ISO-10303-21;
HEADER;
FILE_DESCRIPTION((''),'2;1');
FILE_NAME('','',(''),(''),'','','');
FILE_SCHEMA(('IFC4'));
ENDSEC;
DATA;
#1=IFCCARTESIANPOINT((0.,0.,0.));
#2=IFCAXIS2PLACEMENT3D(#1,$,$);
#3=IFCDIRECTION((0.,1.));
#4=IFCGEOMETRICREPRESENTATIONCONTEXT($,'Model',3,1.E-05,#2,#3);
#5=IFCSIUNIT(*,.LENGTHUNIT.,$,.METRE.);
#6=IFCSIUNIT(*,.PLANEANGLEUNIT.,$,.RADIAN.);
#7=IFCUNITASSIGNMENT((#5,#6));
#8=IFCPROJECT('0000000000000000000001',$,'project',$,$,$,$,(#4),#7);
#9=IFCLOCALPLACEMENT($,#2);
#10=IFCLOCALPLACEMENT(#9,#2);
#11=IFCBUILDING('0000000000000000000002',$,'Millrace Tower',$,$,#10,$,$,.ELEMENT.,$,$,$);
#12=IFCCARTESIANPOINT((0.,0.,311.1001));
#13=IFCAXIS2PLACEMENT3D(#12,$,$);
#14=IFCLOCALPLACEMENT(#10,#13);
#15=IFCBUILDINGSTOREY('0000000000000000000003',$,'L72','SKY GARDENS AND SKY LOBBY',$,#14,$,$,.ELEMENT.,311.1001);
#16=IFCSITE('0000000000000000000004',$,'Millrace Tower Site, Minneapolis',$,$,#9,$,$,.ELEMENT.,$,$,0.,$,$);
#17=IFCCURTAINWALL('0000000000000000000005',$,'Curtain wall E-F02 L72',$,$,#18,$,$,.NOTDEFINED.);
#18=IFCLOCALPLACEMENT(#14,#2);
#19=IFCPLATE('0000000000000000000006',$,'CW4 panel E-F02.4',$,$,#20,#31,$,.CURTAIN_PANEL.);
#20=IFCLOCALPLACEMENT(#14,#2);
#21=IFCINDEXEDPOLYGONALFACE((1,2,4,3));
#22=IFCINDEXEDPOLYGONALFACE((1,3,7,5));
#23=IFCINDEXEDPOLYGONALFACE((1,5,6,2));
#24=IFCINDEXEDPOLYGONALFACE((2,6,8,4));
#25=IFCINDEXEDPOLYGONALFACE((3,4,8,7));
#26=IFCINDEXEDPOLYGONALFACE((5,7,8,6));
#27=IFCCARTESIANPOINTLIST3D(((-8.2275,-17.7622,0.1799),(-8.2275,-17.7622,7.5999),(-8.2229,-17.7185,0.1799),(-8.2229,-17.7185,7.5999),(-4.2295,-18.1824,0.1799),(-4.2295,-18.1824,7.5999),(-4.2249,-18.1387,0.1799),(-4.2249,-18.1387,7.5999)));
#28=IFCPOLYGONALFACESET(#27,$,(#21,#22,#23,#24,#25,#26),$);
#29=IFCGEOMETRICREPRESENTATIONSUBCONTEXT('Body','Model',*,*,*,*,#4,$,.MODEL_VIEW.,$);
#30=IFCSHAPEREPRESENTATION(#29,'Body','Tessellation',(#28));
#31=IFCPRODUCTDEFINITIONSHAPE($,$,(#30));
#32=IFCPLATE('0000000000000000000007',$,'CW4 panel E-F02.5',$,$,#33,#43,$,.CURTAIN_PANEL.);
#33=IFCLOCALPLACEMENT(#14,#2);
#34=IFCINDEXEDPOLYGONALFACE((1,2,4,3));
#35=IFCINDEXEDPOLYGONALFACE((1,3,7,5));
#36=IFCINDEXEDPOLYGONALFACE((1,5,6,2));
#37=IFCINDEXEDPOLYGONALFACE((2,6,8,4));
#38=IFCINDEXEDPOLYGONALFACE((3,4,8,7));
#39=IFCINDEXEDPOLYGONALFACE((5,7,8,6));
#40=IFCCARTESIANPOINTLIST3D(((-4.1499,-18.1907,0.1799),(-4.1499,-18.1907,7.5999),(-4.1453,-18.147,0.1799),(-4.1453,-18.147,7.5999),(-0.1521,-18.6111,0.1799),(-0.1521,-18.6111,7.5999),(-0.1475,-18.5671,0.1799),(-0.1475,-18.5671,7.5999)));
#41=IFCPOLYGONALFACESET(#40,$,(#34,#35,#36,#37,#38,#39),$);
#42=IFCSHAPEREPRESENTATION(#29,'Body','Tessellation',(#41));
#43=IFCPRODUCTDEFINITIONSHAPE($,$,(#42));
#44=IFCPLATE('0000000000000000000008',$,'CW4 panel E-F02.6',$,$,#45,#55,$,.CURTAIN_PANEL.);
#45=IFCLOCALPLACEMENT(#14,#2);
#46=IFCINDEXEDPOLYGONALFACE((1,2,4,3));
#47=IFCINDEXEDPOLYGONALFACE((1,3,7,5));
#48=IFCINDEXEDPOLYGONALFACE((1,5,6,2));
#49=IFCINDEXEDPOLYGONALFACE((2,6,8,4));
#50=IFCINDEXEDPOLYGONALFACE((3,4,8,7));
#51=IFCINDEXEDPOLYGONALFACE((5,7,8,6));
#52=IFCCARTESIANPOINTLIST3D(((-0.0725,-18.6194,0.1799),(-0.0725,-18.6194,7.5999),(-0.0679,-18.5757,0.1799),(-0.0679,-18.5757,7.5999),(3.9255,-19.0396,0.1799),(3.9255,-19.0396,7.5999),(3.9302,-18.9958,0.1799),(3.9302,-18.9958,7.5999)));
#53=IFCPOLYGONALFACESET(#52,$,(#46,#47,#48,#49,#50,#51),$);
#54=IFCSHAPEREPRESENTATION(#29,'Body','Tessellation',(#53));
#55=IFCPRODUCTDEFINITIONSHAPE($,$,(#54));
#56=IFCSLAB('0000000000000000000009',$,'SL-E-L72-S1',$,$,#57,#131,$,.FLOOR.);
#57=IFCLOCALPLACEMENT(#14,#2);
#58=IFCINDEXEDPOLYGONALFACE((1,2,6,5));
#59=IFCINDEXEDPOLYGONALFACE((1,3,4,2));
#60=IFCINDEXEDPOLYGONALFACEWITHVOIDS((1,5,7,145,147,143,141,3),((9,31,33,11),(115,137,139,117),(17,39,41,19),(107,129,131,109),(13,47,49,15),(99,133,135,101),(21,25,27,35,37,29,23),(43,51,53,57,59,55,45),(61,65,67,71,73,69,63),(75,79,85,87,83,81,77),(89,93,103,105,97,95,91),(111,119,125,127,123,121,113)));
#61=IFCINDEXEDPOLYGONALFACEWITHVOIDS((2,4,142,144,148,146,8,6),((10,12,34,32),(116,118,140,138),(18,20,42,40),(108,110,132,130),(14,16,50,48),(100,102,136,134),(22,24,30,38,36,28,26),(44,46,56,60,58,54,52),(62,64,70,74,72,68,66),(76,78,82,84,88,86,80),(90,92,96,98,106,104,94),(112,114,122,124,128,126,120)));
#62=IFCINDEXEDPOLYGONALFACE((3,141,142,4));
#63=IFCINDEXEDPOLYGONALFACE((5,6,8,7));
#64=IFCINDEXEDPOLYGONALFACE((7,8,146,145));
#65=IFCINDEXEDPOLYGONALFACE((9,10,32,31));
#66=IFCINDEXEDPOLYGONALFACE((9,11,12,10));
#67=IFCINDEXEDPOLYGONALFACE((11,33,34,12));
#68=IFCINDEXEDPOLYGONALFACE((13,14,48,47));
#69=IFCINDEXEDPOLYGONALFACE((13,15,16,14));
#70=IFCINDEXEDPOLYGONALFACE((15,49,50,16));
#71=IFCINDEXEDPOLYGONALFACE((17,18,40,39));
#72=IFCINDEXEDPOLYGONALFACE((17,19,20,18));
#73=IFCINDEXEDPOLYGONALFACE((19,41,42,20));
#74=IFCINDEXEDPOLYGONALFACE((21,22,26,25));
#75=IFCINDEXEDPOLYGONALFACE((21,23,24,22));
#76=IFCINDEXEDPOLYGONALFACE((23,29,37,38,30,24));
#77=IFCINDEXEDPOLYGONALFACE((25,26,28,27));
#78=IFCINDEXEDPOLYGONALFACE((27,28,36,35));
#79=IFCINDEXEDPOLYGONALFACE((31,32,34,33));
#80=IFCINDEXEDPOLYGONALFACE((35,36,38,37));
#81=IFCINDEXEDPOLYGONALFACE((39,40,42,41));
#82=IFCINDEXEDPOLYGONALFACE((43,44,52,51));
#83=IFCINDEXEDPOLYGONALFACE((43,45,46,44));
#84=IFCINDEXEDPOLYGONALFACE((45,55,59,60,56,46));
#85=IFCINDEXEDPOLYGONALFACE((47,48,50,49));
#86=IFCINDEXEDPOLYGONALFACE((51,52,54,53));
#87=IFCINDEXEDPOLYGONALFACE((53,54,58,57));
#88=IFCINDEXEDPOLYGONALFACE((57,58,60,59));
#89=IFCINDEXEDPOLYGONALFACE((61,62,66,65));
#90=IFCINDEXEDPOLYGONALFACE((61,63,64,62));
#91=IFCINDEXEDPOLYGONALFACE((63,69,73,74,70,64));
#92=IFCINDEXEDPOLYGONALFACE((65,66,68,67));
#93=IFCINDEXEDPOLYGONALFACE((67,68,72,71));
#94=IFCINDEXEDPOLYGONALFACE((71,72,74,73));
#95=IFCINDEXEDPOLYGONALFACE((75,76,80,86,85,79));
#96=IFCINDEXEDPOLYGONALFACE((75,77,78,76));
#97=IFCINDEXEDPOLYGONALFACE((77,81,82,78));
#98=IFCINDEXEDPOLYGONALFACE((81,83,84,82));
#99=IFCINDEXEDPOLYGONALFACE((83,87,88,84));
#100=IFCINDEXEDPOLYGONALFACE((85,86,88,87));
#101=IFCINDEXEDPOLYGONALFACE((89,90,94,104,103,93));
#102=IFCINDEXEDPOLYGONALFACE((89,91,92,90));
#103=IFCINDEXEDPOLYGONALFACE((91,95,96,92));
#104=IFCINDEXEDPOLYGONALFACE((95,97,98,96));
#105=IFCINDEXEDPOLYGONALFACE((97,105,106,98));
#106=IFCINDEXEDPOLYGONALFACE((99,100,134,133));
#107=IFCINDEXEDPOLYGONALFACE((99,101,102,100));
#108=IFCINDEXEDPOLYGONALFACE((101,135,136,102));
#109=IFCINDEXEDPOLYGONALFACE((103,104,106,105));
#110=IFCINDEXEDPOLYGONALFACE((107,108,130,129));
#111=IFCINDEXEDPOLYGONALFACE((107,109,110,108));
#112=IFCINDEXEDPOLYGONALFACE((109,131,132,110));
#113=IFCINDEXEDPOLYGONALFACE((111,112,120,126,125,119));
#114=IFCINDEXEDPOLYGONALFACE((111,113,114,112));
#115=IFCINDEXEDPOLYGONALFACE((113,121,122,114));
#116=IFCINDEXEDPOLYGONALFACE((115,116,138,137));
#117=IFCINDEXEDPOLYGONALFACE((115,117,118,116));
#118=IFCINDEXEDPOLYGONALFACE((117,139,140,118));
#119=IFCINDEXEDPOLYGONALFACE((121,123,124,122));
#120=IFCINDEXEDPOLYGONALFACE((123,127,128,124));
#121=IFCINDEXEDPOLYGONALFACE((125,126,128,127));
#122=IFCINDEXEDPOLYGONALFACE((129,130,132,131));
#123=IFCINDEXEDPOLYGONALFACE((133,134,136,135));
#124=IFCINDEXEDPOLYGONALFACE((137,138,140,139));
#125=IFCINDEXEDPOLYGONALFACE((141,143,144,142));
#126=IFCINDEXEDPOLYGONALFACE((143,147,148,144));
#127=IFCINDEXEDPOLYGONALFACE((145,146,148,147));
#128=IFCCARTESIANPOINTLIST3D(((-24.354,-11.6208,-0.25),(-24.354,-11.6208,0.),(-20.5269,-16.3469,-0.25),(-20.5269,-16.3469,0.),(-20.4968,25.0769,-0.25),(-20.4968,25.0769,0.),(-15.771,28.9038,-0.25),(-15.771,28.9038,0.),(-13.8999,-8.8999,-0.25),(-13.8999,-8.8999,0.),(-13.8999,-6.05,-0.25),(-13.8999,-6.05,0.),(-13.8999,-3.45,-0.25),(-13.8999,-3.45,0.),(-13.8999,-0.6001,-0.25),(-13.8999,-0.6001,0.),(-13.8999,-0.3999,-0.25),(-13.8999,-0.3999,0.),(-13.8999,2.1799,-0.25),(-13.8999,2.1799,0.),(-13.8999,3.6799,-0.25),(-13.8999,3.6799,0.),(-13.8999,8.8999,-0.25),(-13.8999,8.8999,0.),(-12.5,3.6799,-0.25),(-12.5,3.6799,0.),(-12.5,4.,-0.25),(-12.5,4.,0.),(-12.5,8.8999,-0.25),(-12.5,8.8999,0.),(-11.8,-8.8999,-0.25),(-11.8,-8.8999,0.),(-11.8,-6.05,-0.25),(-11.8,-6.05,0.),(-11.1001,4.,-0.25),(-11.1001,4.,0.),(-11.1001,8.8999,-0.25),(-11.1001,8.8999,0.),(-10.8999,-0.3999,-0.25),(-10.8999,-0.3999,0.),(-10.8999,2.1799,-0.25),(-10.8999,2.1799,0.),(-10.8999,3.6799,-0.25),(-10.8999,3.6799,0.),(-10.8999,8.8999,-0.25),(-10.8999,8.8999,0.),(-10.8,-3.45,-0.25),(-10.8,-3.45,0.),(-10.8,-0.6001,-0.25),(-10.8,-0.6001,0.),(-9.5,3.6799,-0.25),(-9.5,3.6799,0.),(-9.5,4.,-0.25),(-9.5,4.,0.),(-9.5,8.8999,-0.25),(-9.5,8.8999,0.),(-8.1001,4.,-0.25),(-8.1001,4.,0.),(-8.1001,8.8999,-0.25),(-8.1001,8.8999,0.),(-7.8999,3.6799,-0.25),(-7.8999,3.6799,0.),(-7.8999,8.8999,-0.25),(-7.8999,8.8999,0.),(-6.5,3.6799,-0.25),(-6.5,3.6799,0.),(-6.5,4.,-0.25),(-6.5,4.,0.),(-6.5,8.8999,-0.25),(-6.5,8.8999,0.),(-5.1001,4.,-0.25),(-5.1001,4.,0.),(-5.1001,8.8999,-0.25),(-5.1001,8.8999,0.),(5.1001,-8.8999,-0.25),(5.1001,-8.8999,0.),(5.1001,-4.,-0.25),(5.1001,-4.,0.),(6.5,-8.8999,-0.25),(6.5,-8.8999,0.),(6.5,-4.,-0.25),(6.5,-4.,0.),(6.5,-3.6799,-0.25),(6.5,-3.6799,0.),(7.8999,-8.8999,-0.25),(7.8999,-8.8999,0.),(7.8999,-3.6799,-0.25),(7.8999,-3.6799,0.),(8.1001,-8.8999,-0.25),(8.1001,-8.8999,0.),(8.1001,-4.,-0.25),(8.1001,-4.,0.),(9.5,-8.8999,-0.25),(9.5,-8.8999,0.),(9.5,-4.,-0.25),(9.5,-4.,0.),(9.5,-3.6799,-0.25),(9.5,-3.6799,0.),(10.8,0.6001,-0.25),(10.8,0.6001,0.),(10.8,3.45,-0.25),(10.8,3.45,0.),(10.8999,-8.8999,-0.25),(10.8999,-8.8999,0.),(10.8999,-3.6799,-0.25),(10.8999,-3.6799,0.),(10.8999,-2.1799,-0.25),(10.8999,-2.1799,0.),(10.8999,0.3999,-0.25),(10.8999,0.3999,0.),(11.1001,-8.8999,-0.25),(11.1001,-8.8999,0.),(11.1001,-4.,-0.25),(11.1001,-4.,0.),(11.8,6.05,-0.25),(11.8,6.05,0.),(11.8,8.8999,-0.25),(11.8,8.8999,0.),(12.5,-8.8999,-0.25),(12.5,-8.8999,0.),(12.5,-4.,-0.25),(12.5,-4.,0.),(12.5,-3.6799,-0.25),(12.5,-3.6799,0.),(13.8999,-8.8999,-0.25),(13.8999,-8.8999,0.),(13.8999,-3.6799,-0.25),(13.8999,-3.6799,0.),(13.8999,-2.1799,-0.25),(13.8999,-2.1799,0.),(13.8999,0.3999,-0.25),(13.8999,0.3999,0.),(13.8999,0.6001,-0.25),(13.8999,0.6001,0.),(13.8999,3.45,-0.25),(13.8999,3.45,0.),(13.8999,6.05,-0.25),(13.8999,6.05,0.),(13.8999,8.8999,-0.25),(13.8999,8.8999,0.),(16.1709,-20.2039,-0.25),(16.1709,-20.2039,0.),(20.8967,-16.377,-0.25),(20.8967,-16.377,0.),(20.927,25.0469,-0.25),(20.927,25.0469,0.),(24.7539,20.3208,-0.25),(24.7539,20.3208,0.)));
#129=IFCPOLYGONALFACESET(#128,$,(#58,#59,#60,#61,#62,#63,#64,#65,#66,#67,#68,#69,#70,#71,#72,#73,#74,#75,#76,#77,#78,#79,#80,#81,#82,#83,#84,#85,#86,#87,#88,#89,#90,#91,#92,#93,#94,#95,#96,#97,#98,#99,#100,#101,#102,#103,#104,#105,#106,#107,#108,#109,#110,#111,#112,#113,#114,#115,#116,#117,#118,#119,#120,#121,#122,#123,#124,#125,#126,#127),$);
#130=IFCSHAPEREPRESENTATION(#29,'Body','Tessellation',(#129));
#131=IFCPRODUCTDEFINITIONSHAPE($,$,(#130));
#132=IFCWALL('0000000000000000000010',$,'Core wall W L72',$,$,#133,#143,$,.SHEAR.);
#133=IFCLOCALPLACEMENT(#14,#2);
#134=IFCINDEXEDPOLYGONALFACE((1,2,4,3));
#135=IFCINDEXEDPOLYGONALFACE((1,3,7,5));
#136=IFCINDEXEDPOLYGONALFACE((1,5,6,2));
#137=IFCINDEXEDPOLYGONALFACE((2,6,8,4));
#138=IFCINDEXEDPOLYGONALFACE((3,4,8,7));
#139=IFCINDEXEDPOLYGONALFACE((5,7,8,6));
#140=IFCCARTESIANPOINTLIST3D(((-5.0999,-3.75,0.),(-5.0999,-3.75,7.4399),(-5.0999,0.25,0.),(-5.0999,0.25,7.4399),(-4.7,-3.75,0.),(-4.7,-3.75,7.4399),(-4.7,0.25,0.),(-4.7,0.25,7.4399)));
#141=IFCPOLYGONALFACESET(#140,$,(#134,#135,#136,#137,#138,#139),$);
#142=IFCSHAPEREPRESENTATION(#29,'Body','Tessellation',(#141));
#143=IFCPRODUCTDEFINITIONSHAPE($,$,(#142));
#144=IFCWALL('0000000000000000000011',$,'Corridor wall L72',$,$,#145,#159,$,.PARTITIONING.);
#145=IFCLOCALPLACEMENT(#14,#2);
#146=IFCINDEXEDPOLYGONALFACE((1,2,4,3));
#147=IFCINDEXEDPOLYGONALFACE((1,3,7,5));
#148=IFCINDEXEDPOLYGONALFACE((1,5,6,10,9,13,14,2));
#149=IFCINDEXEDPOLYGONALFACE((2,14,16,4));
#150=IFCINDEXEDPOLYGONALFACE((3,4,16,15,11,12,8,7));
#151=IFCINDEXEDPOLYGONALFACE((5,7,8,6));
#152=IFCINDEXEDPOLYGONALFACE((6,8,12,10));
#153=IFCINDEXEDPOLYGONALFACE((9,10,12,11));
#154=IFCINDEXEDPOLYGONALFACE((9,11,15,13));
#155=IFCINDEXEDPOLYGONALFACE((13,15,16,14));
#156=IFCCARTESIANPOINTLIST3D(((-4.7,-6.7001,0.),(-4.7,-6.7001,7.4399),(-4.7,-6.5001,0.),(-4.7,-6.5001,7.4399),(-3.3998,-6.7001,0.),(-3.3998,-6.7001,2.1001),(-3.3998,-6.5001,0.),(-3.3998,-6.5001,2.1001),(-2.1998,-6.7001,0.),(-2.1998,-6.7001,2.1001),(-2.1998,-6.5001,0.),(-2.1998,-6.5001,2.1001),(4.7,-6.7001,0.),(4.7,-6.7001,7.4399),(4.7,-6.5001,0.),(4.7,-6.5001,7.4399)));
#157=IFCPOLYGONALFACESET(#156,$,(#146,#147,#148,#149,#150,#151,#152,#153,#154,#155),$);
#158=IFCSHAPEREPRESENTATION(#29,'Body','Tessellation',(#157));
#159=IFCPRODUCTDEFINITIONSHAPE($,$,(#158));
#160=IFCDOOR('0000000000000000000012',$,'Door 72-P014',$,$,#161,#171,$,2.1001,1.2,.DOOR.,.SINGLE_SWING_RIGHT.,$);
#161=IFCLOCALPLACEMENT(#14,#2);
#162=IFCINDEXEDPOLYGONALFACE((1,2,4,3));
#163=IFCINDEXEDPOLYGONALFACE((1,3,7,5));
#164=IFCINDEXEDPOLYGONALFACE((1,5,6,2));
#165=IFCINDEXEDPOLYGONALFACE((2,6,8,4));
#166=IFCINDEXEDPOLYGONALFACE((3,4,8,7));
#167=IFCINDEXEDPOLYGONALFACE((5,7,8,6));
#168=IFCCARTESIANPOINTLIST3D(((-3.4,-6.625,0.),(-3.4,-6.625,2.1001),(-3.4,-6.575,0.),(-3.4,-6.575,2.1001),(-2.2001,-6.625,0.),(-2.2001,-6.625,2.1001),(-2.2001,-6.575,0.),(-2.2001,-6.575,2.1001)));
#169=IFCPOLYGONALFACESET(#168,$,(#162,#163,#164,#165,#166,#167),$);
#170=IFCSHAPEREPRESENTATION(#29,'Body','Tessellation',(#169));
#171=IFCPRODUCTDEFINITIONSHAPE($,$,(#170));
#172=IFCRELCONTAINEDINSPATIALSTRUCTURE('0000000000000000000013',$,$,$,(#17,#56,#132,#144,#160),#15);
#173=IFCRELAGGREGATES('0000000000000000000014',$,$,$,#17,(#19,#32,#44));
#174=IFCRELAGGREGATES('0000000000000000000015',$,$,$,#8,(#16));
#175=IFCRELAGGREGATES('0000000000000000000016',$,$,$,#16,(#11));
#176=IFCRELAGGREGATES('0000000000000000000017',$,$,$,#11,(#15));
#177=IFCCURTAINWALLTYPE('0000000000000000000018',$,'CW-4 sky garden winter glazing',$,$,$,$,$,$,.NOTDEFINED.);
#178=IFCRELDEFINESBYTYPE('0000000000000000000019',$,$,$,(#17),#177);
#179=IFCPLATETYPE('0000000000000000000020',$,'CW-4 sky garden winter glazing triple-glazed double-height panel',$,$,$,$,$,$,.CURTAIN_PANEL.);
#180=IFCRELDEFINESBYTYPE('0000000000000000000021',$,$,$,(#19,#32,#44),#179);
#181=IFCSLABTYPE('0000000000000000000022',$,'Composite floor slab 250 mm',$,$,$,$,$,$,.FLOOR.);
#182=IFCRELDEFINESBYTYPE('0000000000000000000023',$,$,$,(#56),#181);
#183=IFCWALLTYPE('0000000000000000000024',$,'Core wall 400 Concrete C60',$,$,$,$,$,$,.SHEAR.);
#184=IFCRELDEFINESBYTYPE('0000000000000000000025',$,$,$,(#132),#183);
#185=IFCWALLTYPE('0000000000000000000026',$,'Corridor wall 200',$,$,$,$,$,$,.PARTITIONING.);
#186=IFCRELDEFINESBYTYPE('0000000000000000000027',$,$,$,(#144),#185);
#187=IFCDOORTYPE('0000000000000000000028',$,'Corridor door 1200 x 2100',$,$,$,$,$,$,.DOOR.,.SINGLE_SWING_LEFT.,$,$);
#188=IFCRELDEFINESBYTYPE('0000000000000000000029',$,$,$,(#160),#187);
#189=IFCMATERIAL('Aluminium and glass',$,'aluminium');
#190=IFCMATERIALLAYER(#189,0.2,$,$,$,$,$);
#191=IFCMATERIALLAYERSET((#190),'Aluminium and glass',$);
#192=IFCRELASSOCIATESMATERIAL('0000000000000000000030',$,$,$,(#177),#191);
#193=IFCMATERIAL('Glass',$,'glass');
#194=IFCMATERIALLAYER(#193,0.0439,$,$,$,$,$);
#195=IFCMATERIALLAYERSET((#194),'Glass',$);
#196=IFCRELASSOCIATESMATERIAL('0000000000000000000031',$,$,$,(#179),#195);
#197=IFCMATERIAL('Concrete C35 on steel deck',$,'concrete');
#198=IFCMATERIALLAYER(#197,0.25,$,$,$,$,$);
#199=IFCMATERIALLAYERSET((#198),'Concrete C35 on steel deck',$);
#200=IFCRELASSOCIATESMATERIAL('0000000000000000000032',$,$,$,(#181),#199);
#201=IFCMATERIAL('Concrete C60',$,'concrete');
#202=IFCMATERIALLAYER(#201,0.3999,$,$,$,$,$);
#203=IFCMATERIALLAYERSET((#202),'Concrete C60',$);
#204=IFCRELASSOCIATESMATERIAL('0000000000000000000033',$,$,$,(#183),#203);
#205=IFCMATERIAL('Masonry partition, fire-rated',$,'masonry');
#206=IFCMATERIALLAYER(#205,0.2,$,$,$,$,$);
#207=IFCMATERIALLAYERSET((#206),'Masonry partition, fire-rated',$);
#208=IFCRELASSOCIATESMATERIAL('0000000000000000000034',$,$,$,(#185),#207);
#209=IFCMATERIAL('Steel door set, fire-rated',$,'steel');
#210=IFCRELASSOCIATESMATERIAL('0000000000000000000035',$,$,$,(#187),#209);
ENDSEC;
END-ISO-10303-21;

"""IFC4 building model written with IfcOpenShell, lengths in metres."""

from ifc_helpers import new_model, si_unit, direction, frame, frame_2d, origin, place, context, subcontext, project, spatial, polyline, rectangle, outline, extrude, material, layer, layer_set, type_object, element, fill, aggregate, save


model = new_model("IFC4")

# Units and contexts
model_context = context("Model", 3, precision=1e-05, world=origin(), true_north=direction((0.0, 1.0)))
body_context = subcontext(model_context, "Body", "Model", "MODEL_VIEW")
ifc_project = project(units=[si_unit("LENGTHUNIT", "METRE"), si_unit("PLANEANGLEUNIT", "RADIAN")], contexts=[model_context])

# Site, building, storey
site_placement = place(None, origin())
site = spatial("IfcSite", under=ifc_project, at=site_placement, Name="Millrace Tower Site, Minneapolis", CompositionType="ELEMENT", RefElevation=0.0)
building_placement = place(site_placement, origin())
building = spatial("IfcBuilding", under=site, at=building_placement, Name="Millrace Tower", CompositionType="ELEMENT")
storey_placement = place(building_placement, frame((0.0, 0.0, 311.1001)))
storey = spatial("IfcBuildingStorey", under=building, at=storey_placement, Name="L72", Description="SKY GARDENS AND SKY LOBBY", CompositionType="ELEMENT", Elevation=311.1001)

# Curtain wall
ifc_material_1 = material(Name="Aluminium and glass", Category="aluminium")
ifc_layer_1 = layer(ifc_material_1, 0.2)
ifc_layer_set_1 = layer_set([ifc_layer_1], Name="Aluminium and glass")
curtain_wall_type = type_object("IfcCurtainWallType", Name="CW-4 sky garden winter glazing", PredefinedType="NOTDEFINED", material=ifc_layer_set_1)
placement_1 = place(storey_placement, origin())
curtain_wall_1 = element("IfcCurtainWall", 1, at=placement_1, inside=storey, type_object=curtain_wall_type, Name="Curtain wall E-F02 L72", PredefinedType="NOTDEFINED")

# Shared definitions
ifc_material_2 = material(Name="Glass", Category="glass")
ifc_layer_2 = layer(ifc_material_2, 0.0439)
ifc_layer_set_2 = layer_set([ifc_layer_2], Name="Glass")
plate_type = type_object("IfcPlateType", Name="CW-4 sky garden winter glazing triple-glazed double-height panel", PredefinedType="CURTAIN_PANEL", material=ifc_layer_set_2)
placement_2 = place(storey_placement, frame((0.0, 0.0, 0.1799)))

# Plates
plate_1 = element("IfcPlate", 2, at=placement_2, type_object=plate_type, Name="CW4 panel E-F02.4", PredefinedType="CURTAIN_PANEL", context=body_context, shape_type="SweptSolid", body=[
    extrude(outline(polyline([(-8.2275, -17.7622), (-4.2295, -18.1824), (-4.2249, -18.1387), (-8.2229, -17.7185), (-8.2275, -17.7622)])), origin(), (0.0, 0.0, 1.0), 7.4199),
])
plate_2 = element("IfcPlate", 3, at=placement_2, type_object=plate_type, Name="CW4 panel E-F02.5", PredefinedType="CURTAIN_PANEL", context=body_context, shape_type="SweptSolid", body=[
    extrude(outline(polyline([(-4.1499, -18.1907), (-0.1521, -18.6111), (-0.1475, -18.5671), (-4.1453, -18.147), (-4.1499, -18.1907)])), origin(), (0.0, 0.0, 1.0), 7.4199),
])
plate_3 = element("IfcPlate", 4, at=placement_2, type_object=plate_type, Name="CW4 panel E-F02.6", PredefinedType="CURTAIN_PANEL", context=body_context, shape_type="SweptSolid", body=[
    extrude(outline(polyline([(-0.0725, -18.6194), (3.9255, -19.0396), (3.9302, -18.9958), (-0.0679, -18.5757), (-0.0725, -18.6194)])), origin(), (0.0, 0.0, 1.0), 7.4199),
])
aggregate(curtain_wall_1, [plate_1, plate_2, plate_3])

# Slab
ifc_material_3 = material(Name="Concrete C35 on steel deck", Category="concrete")
ifc_layer_3 = layer(ifc_material_3, 0.25)
ifc_layer_set_3 = layer_set([ifc_layer_3], Name="Concrete C35 on steel deck")
slab_type = type_object("IfcSlabType", Name="Composite floor slab 250 mm", PredefinedType="FLOOR", material=ifc_layer_set_3)
slab_placement = place(storey_placement, frame((0.0, 0.0, -0.25)))
element("IfcSlab", 5, at=slab_placement, inside=storey, type_object=slab_type, Name="SL-E-L72-S1", PredefinedType="FLOOR", context=body_context, shape_type="SweptSolid", body=[
    extrude(outline(polyline([(-24.354, -11.6208), (-20.5269, -16.3469), (16.1709, -20.2039), (20.8967, -16.377), (24.7539, 20.3208), (20.927, 25.0469), (-15.771, 28.9038), (-20.4968, 25.0769), (-24.354, -11.6208)]), holes=[polyline([(-13.8999, -8.8999), (-11.8, -8.8999), (-11.8, -6.05), (-13.8999, -6.05), (-13.8999, -8.8999)]), polyline([(-13.8999, -3.45), (-10.8, -3.45), (-10.8, -0.6001), (-13.8999, -0.6001), (-13.8999, -3.45)]), polyline([(-13.8999, -0.3999), (-10.8999, -0.3999), (-10.8999, 2.1799), (-13.8999, 2.1799), (-13.8999, -0.3999)]), polyline([(-12.5, 3.6799), (-12.5, 4.0), (-11.1001, 4.0), (-11.1001, 8.8999), (-12.5, 8.8999), (-13.8999, 8.8999), (-13.8999, 3.6799), (-12.5, 3.6799)]), polyline([(-9.5, 3.6799), (-9.5, 4.0), (-8.1001, 4.0), (-8.1001, 8.8999), (-9.5, 8.8999), (-10.8999, 8.8999), (-10.8999, 3.6799), (-9.5, 3.6799)]), polyline([(-6.5, 3.6799), (-6.5, 4.0), (-5.1001, 4.0), (-5.1001, 8.8999), (-6.5, 8.8999), (-7.8999, 8.8999), (-7.8999, 3.6799), (-6.5, 3.6799)]), polyline([(11.8, 6.05), (13.8999, 6.05), (13.8999, 8.8999), (11.8, 8.8999), (11.8, 6.05)]), polyline([(10.8, 0.6001), (13.8999, 0.6001), (13.8999, 3.45), (10.8, 3.45), (10.8, 0.6001)]), polyline([(10.8999, -2.1799), (13.8999, -2.1799), (13.8999, 0.3999), (10.8999, 0.3999), (10.8999, -2.1799)]), polyline([(11.1001, -8.8999), (12.5, -8.8999), (13.8999, -8.8999), (13.8999, -3.6799), (12.5, -3.6799), (12.5, -4.0), (11.1001, -4.0), (11.1001, -8.8999)]), polyline([(8.1001, -8.8999), (9.5, -8.8999), (10.8999, -8.8999), (10.8999, -3.6799), (9.5, -3.6799), (9.5, -4.0), (8.1001, -4.0), (8.1001, -8.8999)]), polyline([(5.1001, -8.8999), (6.5, -8.8999), (7.8999, -8.8999), (7.8999, -3.6799), (6.5, -3.6799), (6.5, -4.0), (5.1001, -4.0), (5.1001, -8.8999)])]), origin(), (0.0, 0.0, 1.0), 0.25),
])

# Wall
ifc_material_4 = material(Name="Concrete C60", Category="concrete")
ifc_layer_4 = layer(ifc_material_4, 0.3999)
ifc_layer_set_4 = layer_set([ifc_layer_4], Name="Concrete C60")
wall_type_1 = type_object("IfcWallType", Name="Core wall 400 Concrete C60", PredefinedType="SHEAR", material=ifc_layer_set_4)
wall_1_placement = place(storey_placement, frame((-4.8999, -3.75, 0.0), z_axis=(0.0, 0.0, 1.0), x_axis=(0.0, 1.0, 0.0)))
element("IfcWall", 6, at=wall_1_placement, inside=storey, type_object=wall_type_1, Name="Core wall W L72", PredefinedType="SHEAR", context=body_context, shape_type="SweptSolid", body=[
    extrude(rectangle(XDim=4.0, YDim=0.3999, at=frame_2d((2.0, 0.0))), origin(), (0.0, 0.0, 1.0), 7.4399),
])

# Wall, opening, door
ifc_material_5 = material(Name="Masonry partition, fire-rated", Category="masonry")
ifc_layer_5 = layer(ifc_material_5, 0.2)
ifc_layer_set_5 = layer_set([ifc_layer_5], Name="Masonry partition, fire-rated")
wall_type_2 = type_object("IfcWallType", Name="Corridor wall 200", PredefinedType="PARTITIONING", material=ifc_layer_set_5)
wall_2_placement = place(storey_placement, frame((-4.7, -6.6001, 0.0), z_axis=(0.0, 0.0, 1.0), x_axis=(1.0, 0.0, 0.0)))
wall_2 = element("IfcWall", 7, at=wall_2_placement, inside=storey, type_object=wall_type_2, Name="Corridor wall L72", PredefinedType="PARTITIONING", context=body_context, shape_type="SweptSolid", body=[
    extrude(rectangle(XDim=9.3999, YDim=0.2, at=frame_2d((4.7, 0.0))), origin(), (0.0, 0.0, 1.0), 7.4399),
])
opening_1_placement = place(wall_2_placement, frame((1.3, 0.0, 0.0)))
opening_1 = element("IfcOpeningElement", 8, at=opening_1_placement, cuts=wall_2, PredefinedType="OPENING", context=body_context, shape_type="SweptSolid", body=[
    extrude(rectangle(XDim=1.2, YDim=2.1001, at=frame_2d((0.6001, 1.05))), frame((0.0, 0.1099, 0.0), z_axis=(0.0, -1.0, 0.0), x_axis=(1.0, 0.0, 0.0)), (0.0, 0.0, 1.0), 0.22),
])
ifc_material_6 = material(Name="Steel door set, fire-rated", Category="steel")
door_type_1 = type_object("IfcDoorType", Name="Corridor door 1200 x 2100", OperationType="SINGLE_SWING_LEFT", PredefinedType="DOOR", material=ifc_material_6)
door_1_placement = place(opening_1_placement, frame((1.2, 0.0, 0.0), z_axis=(0.0, 0.0, 1.0), x_axis=(-1.0, 0.0, 0.0)))
door_1 = element("IfcDoor", 9, at=door_1_placement, inside=storey, type_object=door_type_1, Name="Door 72-P014", OperationType="SINGLE_SWING_RIGHT", OverallHeight=2.1001, OverallWidth=1.2, PredefinedType="DOOR", context=body_context, shape_type="SweptSolid", body=[
    extrude(rectangle(XDim=1.2, YDim=2.1001, at=frame_2d((0.6001, 1.05))), frame((0.0, 0.0249, 0.0), z_axis=(0.0, -1.0, 0.0), x_axis=(1.0, 0.0, 0.0)), (0.0, 0.0, 1.0), 0.05),
])
fill(opening_1, door_1)

save(model, "model.ifc")
